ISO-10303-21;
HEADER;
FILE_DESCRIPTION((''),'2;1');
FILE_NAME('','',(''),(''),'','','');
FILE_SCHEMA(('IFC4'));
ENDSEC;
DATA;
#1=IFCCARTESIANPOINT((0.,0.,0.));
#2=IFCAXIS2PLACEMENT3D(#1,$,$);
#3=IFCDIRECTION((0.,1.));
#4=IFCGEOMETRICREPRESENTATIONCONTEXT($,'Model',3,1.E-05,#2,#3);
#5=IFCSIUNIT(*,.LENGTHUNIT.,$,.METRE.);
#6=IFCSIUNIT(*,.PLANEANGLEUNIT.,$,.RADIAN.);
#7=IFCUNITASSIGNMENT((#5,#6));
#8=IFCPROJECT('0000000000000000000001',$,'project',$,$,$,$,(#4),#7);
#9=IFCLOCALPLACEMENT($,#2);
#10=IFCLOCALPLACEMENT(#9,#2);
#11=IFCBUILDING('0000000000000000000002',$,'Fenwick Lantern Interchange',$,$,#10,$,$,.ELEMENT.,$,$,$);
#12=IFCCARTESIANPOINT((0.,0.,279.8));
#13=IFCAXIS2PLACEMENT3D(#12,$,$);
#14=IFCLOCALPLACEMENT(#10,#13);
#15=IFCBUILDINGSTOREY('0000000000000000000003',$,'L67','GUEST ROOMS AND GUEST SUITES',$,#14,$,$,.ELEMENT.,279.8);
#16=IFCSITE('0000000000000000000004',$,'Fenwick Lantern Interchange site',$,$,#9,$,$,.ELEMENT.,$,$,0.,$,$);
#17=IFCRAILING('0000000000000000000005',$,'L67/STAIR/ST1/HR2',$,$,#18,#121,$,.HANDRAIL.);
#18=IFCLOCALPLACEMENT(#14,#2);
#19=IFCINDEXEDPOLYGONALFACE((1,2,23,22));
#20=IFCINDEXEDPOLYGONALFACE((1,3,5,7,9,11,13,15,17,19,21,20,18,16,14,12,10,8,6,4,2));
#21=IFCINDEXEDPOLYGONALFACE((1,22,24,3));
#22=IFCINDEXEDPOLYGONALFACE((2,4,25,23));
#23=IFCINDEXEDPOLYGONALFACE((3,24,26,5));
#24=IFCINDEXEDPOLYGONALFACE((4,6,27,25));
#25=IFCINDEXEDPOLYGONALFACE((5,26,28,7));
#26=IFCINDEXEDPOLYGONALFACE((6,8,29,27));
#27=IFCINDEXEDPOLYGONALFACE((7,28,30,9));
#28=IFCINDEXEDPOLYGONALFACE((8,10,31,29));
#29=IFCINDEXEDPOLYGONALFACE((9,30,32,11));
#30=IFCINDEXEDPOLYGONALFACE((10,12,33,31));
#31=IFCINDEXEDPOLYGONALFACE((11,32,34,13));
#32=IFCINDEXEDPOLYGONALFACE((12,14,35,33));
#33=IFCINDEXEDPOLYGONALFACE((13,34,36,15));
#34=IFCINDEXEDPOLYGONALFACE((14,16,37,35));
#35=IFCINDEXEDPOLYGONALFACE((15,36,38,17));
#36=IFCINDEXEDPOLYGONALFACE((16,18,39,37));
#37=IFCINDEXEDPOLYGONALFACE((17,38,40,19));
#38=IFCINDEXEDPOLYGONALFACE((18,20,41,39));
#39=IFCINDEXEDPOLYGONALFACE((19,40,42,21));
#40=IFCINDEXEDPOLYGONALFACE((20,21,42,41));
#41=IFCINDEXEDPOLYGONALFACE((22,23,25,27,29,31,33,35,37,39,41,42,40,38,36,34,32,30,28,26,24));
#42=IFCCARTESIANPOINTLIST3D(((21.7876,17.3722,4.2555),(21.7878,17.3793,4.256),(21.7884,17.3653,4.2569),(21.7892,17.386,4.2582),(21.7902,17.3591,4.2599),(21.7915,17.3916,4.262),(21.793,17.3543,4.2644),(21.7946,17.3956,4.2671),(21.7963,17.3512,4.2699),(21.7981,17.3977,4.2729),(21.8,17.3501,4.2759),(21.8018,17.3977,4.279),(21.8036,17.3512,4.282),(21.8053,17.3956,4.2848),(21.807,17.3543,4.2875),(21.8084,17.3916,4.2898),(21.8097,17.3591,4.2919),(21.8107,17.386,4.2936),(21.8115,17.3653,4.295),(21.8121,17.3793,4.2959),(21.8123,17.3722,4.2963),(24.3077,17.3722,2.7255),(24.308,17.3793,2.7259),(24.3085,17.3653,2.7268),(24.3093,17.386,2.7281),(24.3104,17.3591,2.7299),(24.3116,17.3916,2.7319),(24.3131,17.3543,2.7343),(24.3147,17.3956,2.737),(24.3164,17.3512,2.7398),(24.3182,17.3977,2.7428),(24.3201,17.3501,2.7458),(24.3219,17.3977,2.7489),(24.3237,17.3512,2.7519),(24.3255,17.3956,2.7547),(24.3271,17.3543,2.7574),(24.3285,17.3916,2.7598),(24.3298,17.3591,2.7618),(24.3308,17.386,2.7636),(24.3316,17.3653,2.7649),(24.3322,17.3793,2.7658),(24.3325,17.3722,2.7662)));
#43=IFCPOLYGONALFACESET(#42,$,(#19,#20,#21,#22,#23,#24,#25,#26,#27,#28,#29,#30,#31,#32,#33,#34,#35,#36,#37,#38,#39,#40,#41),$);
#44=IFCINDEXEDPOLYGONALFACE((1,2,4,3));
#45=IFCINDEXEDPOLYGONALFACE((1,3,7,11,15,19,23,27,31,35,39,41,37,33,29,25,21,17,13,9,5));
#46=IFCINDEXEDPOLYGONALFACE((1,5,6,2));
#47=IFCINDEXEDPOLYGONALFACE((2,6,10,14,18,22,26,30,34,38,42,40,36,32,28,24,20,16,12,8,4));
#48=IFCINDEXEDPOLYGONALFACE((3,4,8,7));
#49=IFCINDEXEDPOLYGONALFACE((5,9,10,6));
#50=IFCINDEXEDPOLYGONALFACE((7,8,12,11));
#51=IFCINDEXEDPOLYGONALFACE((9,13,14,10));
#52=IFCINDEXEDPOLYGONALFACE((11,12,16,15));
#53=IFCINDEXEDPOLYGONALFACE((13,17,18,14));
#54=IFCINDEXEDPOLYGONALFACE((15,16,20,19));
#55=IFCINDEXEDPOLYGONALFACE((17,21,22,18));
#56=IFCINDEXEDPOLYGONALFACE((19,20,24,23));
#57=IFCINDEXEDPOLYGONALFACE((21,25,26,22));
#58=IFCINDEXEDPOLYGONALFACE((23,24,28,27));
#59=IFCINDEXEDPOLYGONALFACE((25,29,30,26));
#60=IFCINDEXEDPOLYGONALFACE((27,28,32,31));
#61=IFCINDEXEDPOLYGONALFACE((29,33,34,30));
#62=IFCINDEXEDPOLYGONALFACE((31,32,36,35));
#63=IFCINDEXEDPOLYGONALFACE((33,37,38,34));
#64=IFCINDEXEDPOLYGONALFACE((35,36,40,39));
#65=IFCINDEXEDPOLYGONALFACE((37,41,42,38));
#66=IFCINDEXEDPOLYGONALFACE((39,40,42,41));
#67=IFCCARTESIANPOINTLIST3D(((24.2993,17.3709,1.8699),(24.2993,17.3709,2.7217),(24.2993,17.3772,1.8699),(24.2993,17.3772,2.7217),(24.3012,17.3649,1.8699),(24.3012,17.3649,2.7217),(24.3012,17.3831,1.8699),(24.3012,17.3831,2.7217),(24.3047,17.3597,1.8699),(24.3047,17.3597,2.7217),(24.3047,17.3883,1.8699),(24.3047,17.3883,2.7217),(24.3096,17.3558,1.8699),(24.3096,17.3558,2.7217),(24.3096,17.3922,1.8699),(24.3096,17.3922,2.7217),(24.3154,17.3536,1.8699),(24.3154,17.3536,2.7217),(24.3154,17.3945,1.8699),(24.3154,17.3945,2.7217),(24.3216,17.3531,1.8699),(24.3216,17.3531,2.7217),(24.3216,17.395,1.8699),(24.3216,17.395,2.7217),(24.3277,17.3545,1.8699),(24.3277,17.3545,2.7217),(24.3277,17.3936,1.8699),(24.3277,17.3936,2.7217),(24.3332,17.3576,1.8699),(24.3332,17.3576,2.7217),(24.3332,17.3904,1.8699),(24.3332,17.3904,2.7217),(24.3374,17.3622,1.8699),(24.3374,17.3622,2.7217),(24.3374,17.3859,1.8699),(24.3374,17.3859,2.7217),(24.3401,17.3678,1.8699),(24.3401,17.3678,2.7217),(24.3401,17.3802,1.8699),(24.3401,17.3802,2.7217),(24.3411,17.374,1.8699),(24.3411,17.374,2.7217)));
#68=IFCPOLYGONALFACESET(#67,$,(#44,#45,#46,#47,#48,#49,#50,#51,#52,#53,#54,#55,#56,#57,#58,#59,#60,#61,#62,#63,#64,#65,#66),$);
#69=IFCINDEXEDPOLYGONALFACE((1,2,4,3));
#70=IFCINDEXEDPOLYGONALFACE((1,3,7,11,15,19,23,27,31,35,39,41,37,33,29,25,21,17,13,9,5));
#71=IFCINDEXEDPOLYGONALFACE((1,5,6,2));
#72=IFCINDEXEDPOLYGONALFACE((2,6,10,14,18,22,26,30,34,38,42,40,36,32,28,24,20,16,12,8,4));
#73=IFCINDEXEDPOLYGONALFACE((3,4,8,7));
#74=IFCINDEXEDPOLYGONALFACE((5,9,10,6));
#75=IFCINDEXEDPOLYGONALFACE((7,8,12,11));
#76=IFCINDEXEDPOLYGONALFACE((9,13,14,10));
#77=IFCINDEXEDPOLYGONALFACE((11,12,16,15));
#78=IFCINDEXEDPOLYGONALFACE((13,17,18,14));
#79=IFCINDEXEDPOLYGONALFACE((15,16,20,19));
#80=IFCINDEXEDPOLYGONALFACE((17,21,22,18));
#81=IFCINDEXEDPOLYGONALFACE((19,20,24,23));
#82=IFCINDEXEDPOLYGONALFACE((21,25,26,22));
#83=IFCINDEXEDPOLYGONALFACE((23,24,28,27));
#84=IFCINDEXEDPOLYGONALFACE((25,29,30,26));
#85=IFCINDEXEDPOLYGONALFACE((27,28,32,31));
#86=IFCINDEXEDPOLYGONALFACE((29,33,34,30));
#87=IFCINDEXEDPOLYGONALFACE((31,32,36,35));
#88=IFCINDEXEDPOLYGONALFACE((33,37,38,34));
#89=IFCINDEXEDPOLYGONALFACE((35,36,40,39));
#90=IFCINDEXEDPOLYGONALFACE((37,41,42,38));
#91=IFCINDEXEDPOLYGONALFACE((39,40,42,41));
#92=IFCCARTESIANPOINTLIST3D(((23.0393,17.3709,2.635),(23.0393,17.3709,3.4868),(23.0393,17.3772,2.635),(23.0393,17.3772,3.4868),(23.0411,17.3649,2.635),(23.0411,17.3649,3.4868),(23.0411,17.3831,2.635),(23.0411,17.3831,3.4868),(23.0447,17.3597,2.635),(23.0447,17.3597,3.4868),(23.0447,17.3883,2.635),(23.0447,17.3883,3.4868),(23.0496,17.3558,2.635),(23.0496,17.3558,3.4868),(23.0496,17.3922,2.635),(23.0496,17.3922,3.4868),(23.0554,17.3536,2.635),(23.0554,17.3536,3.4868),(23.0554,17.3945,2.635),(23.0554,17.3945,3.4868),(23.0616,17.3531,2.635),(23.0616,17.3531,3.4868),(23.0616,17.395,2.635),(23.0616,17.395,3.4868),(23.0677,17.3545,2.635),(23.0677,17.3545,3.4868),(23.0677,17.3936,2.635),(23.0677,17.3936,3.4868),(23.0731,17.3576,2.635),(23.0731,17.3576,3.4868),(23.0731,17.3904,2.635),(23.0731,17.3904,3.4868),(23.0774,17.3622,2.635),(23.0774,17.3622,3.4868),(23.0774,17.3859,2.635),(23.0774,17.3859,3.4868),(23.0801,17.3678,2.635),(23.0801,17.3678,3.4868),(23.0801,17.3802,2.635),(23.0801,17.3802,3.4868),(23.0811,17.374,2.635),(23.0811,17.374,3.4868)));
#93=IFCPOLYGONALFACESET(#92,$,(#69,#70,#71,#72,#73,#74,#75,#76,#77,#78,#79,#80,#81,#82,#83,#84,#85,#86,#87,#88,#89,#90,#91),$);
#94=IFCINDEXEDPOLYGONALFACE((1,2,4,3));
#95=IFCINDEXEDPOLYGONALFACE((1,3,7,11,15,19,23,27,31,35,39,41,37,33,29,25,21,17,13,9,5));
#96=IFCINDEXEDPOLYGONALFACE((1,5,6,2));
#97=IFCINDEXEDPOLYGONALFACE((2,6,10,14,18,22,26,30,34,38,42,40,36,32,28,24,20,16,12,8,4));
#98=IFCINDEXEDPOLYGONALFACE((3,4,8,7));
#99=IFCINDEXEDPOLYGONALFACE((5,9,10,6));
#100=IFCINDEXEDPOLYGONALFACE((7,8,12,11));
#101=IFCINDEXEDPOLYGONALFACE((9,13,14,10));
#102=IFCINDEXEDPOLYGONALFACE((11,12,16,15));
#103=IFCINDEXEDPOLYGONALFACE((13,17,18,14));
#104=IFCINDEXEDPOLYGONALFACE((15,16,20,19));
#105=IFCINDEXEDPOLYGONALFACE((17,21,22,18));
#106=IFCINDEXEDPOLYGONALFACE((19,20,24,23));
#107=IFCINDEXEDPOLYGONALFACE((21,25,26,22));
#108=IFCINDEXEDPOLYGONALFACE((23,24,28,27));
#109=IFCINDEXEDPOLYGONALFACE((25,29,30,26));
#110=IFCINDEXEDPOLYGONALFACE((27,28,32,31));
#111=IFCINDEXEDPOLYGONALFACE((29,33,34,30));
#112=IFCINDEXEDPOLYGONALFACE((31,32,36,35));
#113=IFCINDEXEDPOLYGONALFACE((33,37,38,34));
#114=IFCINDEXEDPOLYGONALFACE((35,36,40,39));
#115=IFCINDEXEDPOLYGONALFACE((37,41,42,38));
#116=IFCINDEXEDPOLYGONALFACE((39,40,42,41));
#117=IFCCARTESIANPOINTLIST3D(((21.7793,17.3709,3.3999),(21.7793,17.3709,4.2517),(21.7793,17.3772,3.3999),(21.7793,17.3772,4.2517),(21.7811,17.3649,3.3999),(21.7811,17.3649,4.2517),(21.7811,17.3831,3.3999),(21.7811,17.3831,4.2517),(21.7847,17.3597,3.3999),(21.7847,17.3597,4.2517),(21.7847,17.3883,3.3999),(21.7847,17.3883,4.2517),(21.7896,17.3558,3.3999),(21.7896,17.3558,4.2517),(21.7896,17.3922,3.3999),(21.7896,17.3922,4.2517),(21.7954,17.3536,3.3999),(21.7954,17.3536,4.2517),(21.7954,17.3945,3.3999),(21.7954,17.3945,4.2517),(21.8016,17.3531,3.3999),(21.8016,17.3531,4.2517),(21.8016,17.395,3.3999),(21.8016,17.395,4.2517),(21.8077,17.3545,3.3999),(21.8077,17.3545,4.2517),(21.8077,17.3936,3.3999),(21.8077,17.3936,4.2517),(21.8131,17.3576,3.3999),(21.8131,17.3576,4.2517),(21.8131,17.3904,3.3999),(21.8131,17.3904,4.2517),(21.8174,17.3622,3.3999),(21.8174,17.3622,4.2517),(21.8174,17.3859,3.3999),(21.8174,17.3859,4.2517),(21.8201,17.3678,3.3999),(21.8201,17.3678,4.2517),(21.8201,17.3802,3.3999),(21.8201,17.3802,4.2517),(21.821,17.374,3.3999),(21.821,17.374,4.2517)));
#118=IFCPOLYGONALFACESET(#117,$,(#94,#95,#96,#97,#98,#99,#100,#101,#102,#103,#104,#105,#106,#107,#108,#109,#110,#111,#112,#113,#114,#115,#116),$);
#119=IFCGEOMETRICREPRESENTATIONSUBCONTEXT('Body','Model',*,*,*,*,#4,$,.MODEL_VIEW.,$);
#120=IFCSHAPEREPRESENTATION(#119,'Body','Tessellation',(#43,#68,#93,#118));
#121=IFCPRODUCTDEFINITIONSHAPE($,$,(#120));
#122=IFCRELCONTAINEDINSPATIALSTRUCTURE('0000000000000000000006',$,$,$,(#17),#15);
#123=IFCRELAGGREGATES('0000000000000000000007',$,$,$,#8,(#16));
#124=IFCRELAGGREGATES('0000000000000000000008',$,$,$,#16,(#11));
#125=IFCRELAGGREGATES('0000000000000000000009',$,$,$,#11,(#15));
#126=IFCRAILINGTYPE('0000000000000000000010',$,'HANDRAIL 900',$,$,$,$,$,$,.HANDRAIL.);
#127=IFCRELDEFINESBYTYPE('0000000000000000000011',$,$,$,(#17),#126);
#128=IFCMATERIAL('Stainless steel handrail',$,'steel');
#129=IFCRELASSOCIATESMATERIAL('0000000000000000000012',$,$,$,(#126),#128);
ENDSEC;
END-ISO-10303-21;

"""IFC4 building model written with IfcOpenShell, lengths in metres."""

from ifc_helpers import new_model, si_unit, direction, frame, origin, origin_2d, place, context, subcontext, project, spatial, circle, extrude, material, type_object, element, save


model = new_model("IFC4")

# Units and contexts
model_context = context("Model", 3, precision=1e-05, world=origin(), true_north=direction((0.0, 1.0)))
body_context = subcontext(model_context, "Body", "Model", "MODEL_VIEW")
ifc_project = project(units=[si_unit("LENGTHUNIT", "METRE"), si_unit("PLANEANGLEUNIT", "RADIAN")], contexts=[model_context])

# Site, building, storey
site_placement = place(None, origin())
site = spatial("IfcSite", under=ifc_project, at=site_placement, Name="Fenwick Lantern Interchange site", CompositionType="ELEMENT", RefElevation=0.0)
building_placement = place(site_placement, origin())
building = spatial("IfcBuilding", under=site, at=building_placement, Name="Fenwick Lantern Interchange", CompositionType="ELEMENT")
storey_placement = place(building_placement, frame((0.0, 0.0, 279.8)))
storey = spatial("IfcBuildingStorey", under=building, at=storey_placement, Name="L67", Description="GUEST ROOMS AND GUEST SUITES", CompositionType="ELEMENT", Elevation=279.8)

# Railing
ifc_material_1 = material(Name="Stainless steel handrail", Category="steel")
railing_type = type_object("IfcRailingType", Name="HANDRAIL 900", PredefinedType="HANDRAIL", material=ifc_material_1)
railing_1_placement = place(storey_placement, frame((24.3201, 17.374, 1.8699)))
element("IfcRailing", 1, at=railing_1_placement, inside=storey, type_object=railing_type, Name="L67/STAIR/ST1/HR2", PredefinedType="HANDRAIL", context=body_context, shape_type="SweptSolid", body=[
    extrude(circle(Radius=0.0239, at=origin_2d()), frame((0.0, 0.0, 0.876), z_axis=(-0.854785, 0.0, 0.518982), x_axis=(0.0, -1.0, 0.0)), (0.0, 0.0, 1.0), 2.9482),
    extrude(circle(Radius=0.021, at=origin_2d()), origin(), (0.0, 0.0, 1.0), 0.8518),
    extrude(circle(Radius=0.021, at=origin_2d()), frame((-1.26, 0.0, 0.7651)), (0.0, 0.0, 1.0), 0.8518),
    extrude(circle(Radius=0.021, at=origin_2d()), frame((-2.52, 0.0, 1.53)), (0.0, 0.0, 1.0), 0.8518),
])

save(model, "model.ifc")
